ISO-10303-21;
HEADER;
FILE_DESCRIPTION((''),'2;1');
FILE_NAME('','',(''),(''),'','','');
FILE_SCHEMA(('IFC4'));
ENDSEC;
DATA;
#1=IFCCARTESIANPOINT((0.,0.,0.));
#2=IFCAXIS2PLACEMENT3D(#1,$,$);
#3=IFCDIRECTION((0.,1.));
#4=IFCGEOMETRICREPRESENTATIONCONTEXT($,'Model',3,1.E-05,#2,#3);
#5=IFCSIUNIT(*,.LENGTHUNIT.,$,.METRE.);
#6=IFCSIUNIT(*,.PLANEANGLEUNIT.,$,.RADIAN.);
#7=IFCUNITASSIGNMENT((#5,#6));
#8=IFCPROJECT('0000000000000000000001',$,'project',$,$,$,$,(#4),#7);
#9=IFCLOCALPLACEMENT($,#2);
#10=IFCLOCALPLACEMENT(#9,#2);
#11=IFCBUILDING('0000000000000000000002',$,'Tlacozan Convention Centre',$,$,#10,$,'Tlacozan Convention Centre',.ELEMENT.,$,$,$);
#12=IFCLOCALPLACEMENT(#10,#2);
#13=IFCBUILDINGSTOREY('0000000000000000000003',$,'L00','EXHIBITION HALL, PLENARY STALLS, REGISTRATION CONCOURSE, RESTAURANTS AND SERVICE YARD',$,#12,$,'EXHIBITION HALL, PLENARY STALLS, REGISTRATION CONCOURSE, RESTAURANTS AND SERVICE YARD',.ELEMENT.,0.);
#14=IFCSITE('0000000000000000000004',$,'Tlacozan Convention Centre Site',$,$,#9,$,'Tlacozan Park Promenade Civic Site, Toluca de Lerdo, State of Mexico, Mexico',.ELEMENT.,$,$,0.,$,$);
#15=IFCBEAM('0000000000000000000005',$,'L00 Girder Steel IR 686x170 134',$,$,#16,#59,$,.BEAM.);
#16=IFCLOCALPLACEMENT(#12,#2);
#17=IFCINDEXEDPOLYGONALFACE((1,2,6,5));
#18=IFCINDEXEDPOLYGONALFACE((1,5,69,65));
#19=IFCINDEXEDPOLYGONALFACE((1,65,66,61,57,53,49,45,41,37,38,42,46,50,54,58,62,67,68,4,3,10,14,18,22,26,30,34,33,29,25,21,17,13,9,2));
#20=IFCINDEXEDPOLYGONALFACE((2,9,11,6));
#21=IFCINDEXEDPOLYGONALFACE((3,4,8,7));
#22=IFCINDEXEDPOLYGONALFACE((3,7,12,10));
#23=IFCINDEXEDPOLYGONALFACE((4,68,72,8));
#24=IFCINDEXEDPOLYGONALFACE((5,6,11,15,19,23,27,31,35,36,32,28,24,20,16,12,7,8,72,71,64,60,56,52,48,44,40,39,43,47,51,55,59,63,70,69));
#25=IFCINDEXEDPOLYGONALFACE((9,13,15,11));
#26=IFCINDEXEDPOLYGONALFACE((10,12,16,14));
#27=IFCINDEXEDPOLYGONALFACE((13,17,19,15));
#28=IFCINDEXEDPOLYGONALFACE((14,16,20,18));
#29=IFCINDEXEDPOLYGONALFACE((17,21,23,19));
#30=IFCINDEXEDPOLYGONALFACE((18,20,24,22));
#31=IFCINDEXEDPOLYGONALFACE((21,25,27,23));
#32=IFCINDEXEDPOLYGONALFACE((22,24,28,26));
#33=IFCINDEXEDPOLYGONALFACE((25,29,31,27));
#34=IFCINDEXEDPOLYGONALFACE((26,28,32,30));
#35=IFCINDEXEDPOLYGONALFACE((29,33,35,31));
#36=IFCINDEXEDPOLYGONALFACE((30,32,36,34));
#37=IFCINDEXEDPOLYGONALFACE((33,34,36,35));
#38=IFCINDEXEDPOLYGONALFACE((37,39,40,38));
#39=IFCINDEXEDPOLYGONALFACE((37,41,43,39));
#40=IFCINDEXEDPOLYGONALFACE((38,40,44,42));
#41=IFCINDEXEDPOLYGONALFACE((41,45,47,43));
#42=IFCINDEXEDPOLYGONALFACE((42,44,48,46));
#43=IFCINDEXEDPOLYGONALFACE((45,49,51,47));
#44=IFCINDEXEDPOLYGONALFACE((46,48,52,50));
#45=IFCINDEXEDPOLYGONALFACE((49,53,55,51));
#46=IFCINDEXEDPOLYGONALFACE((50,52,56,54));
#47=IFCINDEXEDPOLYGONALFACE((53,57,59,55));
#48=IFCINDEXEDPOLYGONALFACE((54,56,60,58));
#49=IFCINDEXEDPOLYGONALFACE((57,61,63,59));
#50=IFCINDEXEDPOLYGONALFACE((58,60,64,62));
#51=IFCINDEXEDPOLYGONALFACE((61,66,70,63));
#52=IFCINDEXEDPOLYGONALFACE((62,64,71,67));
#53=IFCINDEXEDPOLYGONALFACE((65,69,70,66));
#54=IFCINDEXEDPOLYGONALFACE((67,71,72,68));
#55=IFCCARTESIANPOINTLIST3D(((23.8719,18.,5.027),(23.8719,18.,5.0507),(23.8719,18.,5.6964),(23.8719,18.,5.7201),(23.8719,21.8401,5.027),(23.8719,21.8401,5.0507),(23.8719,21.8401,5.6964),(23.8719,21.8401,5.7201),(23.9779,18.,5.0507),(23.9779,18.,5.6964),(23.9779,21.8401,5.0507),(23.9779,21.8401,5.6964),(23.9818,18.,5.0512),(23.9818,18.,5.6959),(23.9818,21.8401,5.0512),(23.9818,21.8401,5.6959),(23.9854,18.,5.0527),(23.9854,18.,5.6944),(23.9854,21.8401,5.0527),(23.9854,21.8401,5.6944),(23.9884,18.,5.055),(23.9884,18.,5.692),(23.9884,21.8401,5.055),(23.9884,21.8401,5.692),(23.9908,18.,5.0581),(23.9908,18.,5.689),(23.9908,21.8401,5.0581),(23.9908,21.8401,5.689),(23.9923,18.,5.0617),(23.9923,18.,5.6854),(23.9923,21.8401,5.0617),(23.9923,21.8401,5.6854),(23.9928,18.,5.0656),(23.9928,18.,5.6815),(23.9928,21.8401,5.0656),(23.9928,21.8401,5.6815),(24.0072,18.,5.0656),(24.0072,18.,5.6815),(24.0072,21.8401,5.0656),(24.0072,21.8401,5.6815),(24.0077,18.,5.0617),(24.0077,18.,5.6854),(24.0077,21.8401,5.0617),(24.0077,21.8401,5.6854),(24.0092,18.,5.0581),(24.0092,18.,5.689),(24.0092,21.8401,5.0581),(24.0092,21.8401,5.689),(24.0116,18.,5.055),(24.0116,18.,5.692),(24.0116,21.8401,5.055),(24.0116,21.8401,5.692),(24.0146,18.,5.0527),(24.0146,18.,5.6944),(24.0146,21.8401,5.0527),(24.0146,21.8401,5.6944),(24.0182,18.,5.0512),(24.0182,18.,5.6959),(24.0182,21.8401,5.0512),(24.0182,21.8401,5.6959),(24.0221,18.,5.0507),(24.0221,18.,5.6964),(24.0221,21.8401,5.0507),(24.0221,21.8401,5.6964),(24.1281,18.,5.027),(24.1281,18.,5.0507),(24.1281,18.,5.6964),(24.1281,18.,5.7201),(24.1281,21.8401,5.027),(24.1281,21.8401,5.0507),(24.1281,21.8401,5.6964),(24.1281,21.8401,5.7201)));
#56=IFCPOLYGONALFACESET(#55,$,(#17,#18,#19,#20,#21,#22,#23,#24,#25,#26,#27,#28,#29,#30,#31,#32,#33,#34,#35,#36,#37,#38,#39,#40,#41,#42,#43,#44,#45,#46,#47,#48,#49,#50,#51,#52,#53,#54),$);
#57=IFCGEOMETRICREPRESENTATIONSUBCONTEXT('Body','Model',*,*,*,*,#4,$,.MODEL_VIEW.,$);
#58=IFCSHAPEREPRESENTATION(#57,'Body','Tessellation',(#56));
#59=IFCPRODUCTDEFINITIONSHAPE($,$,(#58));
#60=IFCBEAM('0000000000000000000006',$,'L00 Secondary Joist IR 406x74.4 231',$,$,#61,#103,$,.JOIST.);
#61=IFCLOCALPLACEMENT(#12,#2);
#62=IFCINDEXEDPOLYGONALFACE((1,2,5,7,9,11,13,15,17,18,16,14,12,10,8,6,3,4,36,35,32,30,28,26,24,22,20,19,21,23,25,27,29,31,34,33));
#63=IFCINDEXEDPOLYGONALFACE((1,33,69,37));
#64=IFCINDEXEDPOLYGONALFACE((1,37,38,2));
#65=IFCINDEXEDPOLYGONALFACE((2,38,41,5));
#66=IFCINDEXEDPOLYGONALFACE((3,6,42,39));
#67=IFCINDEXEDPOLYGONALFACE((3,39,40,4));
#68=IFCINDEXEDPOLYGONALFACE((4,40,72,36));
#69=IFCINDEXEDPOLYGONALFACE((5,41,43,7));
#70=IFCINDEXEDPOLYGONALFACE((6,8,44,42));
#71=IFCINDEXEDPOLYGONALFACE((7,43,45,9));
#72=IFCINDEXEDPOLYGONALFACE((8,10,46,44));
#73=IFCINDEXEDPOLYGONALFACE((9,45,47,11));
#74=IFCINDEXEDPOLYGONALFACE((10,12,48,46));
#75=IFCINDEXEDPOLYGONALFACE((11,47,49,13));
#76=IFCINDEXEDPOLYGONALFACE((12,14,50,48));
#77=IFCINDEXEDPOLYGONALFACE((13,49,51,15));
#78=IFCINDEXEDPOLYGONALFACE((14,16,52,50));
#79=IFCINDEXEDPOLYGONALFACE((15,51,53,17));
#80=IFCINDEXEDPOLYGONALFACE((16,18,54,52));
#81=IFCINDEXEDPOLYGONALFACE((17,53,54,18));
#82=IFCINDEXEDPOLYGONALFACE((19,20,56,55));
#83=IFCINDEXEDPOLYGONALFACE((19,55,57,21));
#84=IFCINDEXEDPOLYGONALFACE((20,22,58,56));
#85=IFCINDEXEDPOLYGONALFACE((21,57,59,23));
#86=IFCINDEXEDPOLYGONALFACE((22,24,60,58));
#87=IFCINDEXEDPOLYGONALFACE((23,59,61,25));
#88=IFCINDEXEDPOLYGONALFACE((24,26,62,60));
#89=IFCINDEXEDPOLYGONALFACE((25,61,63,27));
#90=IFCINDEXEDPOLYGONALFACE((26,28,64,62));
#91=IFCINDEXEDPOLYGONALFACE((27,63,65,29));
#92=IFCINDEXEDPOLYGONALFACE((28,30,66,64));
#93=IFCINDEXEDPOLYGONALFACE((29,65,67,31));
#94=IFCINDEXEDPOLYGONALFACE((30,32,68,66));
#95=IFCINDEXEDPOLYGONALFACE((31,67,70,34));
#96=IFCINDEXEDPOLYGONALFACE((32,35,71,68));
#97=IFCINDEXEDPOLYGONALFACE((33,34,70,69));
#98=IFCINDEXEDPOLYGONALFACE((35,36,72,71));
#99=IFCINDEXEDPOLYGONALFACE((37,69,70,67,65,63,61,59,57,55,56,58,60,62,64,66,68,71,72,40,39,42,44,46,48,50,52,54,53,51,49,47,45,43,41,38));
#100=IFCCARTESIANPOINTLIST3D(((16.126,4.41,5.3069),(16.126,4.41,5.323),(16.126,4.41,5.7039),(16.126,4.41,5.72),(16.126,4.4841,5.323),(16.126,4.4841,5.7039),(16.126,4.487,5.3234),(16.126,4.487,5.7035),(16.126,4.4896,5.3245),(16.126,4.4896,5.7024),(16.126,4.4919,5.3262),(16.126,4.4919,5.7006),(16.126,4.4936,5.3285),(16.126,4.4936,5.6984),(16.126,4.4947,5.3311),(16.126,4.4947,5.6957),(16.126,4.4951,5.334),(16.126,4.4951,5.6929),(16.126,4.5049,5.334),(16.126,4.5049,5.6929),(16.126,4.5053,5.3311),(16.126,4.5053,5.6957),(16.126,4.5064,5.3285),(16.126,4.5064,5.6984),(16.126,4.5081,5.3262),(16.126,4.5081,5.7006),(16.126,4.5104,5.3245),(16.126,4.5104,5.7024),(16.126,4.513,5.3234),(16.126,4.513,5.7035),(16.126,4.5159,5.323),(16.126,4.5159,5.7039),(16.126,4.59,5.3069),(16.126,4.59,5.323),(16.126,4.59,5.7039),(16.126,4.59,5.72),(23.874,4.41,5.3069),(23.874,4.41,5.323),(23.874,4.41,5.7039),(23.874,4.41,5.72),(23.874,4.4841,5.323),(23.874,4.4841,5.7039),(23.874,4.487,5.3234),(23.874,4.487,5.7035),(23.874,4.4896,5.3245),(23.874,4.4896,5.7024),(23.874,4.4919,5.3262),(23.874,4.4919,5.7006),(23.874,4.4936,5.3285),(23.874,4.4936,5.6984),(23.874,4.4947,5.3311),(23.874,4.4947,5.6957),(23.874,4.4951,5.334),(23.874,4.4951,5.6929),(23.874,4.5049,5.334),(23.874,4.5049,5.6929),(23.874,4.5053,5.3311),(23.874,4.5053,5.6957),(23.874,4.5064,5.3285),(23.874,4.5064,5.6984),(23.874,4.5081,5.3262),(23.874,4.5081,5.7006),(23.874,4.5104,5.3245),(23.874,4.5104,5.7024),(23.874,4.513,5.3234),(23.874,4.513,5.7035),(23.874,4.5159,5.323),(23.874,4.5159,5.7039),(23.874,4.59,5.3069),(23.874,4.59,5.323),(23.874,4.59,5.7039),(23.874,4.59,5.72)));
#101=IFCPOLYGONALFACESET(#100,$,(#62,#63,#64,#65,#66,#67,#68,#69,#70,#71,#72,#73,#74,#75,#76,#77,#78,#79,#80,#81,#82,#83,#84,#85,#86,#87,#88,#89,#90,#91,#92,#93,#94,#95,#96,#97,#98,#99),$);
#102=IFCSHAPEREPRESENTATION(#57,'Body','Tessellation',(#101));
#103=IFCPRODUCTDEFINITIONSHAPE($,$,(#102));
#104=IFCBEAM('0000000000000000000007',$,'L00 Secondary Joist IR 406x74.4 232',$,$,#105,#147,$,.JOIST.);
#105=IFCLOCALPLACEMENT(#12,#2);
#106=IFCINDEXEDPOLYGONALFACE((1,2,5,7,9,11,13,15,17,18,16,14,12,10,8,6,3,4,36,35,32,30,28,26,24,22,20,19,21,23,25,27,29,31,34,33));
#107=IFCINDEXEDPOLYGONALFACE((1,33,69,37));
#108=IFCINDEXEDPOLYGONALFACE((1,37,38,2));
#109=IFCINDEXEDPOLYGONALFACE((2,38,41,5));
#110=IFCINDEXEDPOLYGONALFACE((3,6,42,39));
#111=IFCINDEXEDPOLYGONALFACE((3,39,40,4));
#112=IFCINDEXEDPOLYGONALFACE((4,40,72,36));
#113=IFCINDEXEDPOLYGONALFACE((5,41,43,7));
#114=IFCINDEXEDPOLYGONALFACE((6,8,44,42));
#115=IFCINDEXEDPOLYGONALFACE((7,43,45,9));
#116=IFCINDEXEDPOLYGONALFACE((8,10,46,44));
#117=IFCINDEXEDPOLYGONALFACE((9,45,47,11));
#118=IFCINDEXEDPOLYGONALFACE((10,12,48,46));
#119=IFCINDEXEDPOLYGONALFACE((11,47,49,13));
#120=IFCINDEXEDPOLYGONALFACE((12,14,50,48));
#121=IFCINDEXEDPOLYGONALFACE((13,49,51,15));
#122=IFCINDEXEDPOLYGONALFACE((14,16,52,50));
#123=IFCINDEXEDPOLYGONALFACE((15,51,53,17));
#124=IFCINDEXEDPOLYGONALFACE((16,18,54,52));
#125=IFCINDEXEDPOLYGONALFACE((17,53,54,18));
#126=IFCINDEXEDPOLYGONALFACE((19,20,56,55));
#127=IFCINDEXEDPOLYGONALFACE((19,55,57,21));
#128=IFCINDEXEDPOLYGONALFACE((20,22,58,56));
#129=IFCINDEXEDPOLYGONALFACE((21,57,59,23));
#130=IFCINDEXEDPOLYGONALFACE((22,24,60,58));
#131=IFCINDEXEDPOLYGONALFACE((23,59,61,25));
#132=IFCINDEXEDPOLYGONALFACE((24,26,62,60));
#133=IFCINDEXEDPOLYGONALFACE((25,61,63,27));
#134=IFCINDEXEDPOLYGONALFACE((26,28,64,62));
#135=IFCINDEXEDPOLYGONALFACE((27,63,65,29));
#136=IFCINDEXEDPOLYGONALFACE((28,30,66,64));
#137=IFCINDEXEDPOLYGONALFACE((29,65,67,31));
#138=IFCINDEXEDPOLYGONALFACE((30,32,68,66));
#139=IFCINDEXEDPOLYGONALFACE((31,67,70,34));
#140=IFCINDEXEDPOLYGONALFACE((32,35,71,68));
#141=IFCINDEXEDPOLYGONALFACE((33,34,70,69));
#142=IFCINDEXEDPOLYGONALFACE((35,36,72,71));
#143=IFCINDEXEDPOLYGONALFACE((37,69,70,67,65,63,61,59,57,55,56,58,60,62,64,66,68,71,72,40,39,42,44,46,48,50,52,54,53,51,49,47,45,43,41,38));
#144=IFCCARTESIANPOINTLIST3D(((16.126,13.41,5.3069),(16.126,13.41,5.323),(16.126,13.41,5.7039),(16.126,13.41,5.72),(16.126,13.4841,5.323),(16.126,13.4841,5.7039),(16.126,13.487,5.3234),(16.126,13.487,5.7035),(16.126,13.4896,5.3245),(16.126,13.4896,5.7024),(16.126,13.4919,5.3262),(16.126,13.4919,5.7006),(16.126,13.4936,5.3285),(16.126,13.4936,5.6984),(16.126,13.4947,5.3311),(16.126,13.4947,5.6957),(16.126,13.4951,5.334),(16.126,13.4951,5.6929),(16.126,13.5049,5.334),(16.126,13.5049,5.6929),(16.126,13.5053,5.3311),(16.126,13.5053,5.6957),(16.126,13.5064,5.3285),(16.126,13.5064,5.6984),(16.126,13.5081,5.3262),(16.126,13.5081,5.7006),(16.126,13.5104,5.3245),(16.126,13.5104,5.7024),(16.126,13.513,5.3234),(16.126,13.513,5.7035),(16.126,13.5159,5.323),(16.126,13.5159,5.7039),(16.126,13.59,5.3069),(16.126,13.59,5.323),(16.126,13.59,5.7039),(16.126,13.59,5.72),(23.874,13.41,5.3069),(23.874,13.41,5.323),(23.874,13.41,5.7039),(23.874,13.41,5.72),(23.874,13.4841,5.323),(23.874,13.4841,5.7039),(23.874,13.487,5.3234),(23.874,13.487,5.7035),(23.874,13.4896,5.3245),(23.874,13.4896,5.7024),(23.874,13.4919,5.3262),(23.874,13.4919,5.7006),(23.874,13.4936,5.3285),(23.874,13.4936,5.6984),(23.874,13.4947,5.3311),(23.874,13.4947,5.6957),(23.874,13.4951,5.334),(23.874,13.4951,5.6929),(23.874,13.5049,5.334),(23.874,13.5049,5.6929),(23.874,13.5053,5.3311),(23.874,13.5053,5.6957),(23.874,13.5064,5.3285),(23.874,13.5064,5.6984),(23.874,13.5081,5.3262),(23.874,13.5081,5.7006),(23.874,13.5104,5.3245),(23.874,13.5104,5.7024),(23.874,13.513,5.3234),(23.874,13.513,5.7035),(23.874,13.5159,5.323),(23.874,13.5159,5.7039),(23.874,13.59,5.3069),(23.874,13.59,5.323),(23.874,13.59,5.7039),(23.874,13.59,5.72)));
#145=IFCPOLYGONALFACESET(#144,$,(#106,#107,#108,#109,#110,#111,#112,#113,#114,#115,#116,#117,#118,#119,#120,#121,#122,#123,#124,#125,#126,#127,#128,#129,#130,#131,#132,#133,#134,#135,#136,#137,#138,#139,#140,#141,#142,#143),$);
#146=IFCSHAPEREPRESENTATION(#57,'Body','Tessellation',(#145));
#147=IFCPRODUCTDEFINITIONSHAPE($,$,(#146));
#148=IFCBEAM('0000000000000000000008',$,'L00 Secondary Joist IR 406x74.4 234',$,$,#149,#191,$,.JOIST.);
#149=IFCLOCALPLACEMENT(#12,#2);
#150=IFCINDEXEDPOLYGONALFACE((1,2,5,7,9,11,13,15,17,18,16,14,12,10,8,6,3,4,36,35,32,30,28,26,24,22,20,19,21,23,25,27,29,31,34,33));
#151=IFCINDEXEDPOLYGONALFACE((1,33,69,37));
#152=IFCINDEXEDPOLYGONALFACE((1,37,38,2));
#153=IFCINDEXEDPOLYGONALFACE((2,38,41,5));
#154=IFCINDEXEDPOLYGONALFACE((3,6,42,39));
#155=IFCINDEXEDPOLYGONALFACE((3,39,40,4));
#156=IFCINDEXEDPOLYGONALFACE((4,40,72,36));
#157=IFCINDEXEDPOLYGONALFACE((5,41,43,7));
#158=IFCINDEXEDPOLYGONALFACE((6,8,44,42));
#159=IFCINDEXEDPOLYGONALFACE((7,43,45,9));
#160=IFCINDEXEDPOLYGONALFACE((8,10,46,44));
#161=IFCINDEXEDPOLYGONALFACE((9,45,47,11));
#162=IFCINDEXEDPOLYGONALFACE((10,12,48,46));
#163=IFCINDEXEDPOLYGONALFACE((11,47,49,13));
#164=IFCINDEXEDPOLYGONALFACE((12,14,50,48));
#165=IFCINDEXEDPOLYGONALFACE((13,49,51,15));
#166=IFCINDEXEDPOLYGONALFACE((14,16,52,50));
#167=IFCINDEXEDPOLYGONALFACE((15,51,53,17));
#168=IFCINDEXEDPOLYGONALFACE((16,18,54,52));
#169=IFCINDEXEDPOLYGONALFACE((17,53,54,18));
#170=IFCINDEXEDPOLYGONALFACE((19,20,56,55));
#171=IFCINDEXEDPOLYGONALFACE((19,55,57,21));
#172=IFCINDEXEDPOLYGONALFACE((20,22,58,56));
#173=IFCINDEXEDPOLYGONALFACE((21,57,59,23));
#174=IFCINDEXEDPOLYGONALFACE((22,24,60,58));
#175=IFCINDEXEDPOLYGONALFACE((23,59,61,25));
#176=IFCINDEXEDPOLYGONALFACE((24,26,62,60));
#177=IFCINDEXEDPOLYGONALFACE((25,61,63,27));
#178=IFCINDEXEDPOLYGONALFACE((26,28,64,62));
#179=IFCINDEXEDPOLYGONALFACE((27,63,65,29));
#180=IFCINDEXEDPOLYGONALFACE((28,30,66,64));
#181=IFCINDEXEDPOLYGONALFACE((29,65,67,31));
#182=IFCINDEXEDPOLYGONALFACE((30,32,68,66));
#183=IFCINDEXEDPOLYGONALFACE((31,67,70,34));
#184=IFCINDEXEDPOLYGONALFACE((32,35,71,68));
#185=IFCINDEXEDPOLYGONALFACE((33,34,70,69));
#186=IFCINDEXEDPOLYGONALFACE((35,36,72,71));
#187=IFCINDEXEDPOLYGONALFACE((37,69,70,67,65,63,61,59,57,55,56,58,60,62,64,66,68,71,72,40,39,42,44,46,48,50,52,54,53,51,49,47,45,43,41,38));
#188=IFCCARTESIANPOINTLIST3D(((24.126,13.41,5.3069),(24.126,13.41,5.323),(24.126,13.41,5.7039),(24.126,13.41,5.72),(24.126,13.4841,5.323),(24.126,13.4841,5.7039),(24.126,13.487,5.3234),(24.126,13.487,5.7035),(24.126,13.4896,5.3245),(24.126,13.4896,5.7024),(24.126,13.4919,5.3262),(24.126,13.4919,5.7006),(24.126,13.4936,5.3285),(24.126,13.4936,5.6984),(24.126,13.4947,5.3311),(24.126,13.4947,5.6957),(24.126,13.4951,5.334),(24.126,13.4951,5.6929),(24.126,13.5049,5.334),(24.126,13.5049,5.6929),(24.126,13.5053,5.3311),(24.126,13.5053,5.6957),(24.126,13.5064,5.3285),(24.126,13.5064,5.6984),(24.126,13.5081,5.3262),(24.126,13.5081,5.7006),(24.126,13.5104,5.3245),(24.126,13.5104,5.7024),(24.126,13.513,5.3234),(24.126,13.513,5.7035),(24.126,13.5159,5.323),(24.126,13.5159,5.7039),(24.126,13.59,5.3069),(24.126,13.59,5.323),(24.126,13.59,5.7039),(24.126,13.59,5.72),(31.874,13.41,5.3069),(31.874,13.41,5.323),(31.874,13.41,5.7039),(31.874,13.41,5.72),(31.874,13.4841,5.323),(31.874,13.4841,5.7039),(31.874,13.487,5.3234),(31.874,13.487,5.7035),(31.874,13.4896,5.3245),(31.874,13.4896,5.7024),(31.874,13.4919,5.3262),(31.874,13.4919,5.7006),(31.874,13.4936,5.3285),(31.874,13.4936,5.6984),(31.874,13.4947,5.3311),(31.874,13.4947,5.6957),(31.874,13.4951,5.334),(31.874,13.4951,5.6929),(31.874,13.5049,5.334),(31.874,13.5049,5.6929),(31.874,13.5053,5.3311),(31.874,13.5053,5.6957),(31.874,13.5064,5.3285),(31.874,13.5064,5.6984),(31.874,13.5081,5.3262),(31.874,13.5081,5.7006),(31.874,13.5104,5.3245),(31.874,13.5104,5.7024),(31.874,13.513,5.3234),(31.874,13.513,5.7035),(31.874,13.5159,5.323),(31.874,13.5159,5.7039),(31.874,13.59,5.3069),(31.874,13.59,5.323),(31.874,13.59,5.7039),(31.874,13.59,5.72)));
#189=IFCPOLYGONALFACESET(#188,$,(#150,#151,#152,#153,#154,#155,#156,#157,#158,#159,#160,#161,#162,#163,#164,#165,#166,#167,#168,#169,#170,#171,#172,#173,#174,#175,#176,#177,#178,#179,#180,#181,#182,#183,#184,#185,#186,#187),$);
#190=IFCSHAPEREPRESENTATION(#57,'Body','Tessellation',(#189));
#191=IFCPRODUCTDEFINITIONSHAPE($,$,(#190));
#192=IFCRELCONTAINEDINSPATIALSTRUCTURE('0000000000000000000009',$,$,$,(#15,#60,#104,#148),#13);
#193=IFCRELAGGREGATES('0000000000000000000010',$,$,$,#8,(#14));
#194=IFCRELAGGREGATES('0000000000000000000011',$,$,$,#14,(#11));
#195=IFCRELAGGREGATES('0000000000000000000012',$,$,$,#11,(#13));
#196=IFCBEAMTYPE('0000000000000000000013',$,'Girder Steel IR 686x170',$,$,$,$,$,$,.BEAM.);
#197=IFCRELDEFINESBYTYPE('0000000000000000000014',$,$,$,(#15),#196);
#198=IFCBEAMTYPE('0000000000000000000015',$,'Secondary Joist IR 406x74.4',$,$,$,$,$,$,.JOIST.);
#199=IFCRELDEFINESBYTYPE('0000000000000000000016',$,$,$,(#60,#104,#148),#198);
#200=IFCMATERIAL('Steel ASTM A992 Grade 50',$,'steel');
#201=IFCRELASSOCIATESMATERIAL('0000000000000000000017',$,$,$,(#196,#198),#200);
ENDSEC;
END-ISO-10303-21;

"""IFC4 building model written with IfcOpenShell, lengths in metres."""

from ifc_helpers import new_model, si_unit, direction, frame, origin, origin_2d, place, context, subcontext, project, spatial, i_section, extrude, material, material_profile, profile_set, type_object, element, save


model = new_model("IFC4")

# Units and contexts
model_context = context("Model", 3, precision=1e-05, world=origin(), true_north=direction((0.0, 1.0)))
body_context = subcontext(model_context, "Body", "Model", "MODEL_VIEW")
ifc_project = project(units=[si_unit("LENGTHUNIT", "METRE"), si_unit("PLANEANGLEUNIT", "RADIAN")], contexts=[model_context])

# Site, building, storey
site_placement = place(None, origin())
site = spatial("IfcSite", under=ifc_project, at=site_placement, Name="Tlacozan Convention Centre Site", LongName="Tlacozan Park Promenade Civic Site, Toluca de Lerdo, State of Mexico, Mexico", CompositionType="ELEMENT", RefElevation=0.0)
building_placement = place(site_placement, origin())
building = spatial("IfcBuilding", under=site, at=building_placement, Name="Tlacozan Convention Centre", LongName="Tlacozan Convention Centre", CompositionType="ELEMENT")
storey_placement = place(building_placement, origin())
storey = spatial("IfcBuildingStorey", under=building, at=storey_placement, Name="L00", Description="EXHIBITION HALL, PLENARY STALLS, REGISTRATION CONCOURSE, RESTAURANTS AND SERVICE YARD", LongName="EXHIBITION HALL, PLENARY STALLS, REGISTRATION CONCOURSE, RESTAURANTS AND SERVICE YARD", CompositionType="ELEMENT", Elevation=0.0)

# Beams
ifc_material_1 = material(Name="Steel ASTM A992 Grade 50", Category="steel")
ifc_material_profile_1 = material_profile(ifc_material_1, i_section(OverallWidth=0.2561, OverallDepth=0.6931, WebThickness=0.0144, FlangeThickness=0.0237, FilletRadius=0.0149, at=origin_2d()), Name="IR 686x170.0")
ifc_profile_set_1 = profile_set([ifc_material_profile_1], Name="Steel ASTM A992 Grade 50")
beam_type_1 = type_object("IfcBeamType", Name="Girder Steel IR 686x170", PredefinedType="BEAM", material=ifc_profile_set_1)
beam_placement = place(storey_placement, frame((24.0, 18.0, 5.3735), z_axis=(0.0, 1.0, 0.0), x_axis=(-1.0, 0.0, 0.0)))
element("IfcBeam", 1, at=beam_placement, inside=storey, type_object=beam_type_1, Name="L00 Girder Steel IR 686x170 134", PredefinedType="BEAM", context=body_context, shape_type="SweptSolid", body=[
    extrude(i_section(OverallWidth=0.2561, OverallDepth=0.6931, WebThickness=0.0144, FlangeThickness=0.0237, FilletRadius=0.0149, at=origin_2d()), origin(), (0.0, 0.0, 1.0), 3.8401),
])
ifc_material_profile_2 = material_profile(ifc_material_1, i_section(OverallWidth=0.1799, OverallDepth=0.4131, WebThickness=0.0098, FlangeThickness=0.0161, FilletRadius=0.011, at=origin_2d()), Name="IR 406x74.4")
ifc_profile_set_2 = profile_set([ifc_material_profile_2], Name="Steel ASTM A992 Grade 50")
beam_type_2 = type_object("IfcBeamType", Name="Secondary Joist IR 406x74.4", PredefinedType="JOIST", material=ifc_profile_set_2)
for number, where, z_axis, x_axis, name in (
    (2, (16.126, 4.5, 5.5134), (1.0, 0.0, 0.0), (0.0, 1.0, 0.0), "L00 Secondary Joist IR 406x74.4 231"),
    (3, (16.126, 13.5, 5.5134), (1.0, 0.0, 0.0), (0.0, 1.0, 0.0), "L00 Secondary Joist IR 406x74.4 232"),
    (4, (24.126, 13.5, 5.5134), (1.0, 0.0, 0.0), (0.0, 1.0, 0.0), "L00 Secondary Joist IR 406x74.4 234"),
):
    element("IfcBeam", number, at=place(storey_placement, frame(where, z_axis=z_axis, x_axis=x_axis)), inside=storey, type_object=beam_type_2, Name=name, PredefinedType="JOIST", context=body_context, shape_type="SweptSolid", body=[
        extrude(i_section(OverallWidth=0.1799, OverallDepth=0.4131, WebThickness=0.0098, FlangeThickness=0.0161, FilletRadius=0.011, at=origin_2d()), origin(), (0.0, 0.0, 1.0), 7.748),
    ])

save(model, "model.ifc")
